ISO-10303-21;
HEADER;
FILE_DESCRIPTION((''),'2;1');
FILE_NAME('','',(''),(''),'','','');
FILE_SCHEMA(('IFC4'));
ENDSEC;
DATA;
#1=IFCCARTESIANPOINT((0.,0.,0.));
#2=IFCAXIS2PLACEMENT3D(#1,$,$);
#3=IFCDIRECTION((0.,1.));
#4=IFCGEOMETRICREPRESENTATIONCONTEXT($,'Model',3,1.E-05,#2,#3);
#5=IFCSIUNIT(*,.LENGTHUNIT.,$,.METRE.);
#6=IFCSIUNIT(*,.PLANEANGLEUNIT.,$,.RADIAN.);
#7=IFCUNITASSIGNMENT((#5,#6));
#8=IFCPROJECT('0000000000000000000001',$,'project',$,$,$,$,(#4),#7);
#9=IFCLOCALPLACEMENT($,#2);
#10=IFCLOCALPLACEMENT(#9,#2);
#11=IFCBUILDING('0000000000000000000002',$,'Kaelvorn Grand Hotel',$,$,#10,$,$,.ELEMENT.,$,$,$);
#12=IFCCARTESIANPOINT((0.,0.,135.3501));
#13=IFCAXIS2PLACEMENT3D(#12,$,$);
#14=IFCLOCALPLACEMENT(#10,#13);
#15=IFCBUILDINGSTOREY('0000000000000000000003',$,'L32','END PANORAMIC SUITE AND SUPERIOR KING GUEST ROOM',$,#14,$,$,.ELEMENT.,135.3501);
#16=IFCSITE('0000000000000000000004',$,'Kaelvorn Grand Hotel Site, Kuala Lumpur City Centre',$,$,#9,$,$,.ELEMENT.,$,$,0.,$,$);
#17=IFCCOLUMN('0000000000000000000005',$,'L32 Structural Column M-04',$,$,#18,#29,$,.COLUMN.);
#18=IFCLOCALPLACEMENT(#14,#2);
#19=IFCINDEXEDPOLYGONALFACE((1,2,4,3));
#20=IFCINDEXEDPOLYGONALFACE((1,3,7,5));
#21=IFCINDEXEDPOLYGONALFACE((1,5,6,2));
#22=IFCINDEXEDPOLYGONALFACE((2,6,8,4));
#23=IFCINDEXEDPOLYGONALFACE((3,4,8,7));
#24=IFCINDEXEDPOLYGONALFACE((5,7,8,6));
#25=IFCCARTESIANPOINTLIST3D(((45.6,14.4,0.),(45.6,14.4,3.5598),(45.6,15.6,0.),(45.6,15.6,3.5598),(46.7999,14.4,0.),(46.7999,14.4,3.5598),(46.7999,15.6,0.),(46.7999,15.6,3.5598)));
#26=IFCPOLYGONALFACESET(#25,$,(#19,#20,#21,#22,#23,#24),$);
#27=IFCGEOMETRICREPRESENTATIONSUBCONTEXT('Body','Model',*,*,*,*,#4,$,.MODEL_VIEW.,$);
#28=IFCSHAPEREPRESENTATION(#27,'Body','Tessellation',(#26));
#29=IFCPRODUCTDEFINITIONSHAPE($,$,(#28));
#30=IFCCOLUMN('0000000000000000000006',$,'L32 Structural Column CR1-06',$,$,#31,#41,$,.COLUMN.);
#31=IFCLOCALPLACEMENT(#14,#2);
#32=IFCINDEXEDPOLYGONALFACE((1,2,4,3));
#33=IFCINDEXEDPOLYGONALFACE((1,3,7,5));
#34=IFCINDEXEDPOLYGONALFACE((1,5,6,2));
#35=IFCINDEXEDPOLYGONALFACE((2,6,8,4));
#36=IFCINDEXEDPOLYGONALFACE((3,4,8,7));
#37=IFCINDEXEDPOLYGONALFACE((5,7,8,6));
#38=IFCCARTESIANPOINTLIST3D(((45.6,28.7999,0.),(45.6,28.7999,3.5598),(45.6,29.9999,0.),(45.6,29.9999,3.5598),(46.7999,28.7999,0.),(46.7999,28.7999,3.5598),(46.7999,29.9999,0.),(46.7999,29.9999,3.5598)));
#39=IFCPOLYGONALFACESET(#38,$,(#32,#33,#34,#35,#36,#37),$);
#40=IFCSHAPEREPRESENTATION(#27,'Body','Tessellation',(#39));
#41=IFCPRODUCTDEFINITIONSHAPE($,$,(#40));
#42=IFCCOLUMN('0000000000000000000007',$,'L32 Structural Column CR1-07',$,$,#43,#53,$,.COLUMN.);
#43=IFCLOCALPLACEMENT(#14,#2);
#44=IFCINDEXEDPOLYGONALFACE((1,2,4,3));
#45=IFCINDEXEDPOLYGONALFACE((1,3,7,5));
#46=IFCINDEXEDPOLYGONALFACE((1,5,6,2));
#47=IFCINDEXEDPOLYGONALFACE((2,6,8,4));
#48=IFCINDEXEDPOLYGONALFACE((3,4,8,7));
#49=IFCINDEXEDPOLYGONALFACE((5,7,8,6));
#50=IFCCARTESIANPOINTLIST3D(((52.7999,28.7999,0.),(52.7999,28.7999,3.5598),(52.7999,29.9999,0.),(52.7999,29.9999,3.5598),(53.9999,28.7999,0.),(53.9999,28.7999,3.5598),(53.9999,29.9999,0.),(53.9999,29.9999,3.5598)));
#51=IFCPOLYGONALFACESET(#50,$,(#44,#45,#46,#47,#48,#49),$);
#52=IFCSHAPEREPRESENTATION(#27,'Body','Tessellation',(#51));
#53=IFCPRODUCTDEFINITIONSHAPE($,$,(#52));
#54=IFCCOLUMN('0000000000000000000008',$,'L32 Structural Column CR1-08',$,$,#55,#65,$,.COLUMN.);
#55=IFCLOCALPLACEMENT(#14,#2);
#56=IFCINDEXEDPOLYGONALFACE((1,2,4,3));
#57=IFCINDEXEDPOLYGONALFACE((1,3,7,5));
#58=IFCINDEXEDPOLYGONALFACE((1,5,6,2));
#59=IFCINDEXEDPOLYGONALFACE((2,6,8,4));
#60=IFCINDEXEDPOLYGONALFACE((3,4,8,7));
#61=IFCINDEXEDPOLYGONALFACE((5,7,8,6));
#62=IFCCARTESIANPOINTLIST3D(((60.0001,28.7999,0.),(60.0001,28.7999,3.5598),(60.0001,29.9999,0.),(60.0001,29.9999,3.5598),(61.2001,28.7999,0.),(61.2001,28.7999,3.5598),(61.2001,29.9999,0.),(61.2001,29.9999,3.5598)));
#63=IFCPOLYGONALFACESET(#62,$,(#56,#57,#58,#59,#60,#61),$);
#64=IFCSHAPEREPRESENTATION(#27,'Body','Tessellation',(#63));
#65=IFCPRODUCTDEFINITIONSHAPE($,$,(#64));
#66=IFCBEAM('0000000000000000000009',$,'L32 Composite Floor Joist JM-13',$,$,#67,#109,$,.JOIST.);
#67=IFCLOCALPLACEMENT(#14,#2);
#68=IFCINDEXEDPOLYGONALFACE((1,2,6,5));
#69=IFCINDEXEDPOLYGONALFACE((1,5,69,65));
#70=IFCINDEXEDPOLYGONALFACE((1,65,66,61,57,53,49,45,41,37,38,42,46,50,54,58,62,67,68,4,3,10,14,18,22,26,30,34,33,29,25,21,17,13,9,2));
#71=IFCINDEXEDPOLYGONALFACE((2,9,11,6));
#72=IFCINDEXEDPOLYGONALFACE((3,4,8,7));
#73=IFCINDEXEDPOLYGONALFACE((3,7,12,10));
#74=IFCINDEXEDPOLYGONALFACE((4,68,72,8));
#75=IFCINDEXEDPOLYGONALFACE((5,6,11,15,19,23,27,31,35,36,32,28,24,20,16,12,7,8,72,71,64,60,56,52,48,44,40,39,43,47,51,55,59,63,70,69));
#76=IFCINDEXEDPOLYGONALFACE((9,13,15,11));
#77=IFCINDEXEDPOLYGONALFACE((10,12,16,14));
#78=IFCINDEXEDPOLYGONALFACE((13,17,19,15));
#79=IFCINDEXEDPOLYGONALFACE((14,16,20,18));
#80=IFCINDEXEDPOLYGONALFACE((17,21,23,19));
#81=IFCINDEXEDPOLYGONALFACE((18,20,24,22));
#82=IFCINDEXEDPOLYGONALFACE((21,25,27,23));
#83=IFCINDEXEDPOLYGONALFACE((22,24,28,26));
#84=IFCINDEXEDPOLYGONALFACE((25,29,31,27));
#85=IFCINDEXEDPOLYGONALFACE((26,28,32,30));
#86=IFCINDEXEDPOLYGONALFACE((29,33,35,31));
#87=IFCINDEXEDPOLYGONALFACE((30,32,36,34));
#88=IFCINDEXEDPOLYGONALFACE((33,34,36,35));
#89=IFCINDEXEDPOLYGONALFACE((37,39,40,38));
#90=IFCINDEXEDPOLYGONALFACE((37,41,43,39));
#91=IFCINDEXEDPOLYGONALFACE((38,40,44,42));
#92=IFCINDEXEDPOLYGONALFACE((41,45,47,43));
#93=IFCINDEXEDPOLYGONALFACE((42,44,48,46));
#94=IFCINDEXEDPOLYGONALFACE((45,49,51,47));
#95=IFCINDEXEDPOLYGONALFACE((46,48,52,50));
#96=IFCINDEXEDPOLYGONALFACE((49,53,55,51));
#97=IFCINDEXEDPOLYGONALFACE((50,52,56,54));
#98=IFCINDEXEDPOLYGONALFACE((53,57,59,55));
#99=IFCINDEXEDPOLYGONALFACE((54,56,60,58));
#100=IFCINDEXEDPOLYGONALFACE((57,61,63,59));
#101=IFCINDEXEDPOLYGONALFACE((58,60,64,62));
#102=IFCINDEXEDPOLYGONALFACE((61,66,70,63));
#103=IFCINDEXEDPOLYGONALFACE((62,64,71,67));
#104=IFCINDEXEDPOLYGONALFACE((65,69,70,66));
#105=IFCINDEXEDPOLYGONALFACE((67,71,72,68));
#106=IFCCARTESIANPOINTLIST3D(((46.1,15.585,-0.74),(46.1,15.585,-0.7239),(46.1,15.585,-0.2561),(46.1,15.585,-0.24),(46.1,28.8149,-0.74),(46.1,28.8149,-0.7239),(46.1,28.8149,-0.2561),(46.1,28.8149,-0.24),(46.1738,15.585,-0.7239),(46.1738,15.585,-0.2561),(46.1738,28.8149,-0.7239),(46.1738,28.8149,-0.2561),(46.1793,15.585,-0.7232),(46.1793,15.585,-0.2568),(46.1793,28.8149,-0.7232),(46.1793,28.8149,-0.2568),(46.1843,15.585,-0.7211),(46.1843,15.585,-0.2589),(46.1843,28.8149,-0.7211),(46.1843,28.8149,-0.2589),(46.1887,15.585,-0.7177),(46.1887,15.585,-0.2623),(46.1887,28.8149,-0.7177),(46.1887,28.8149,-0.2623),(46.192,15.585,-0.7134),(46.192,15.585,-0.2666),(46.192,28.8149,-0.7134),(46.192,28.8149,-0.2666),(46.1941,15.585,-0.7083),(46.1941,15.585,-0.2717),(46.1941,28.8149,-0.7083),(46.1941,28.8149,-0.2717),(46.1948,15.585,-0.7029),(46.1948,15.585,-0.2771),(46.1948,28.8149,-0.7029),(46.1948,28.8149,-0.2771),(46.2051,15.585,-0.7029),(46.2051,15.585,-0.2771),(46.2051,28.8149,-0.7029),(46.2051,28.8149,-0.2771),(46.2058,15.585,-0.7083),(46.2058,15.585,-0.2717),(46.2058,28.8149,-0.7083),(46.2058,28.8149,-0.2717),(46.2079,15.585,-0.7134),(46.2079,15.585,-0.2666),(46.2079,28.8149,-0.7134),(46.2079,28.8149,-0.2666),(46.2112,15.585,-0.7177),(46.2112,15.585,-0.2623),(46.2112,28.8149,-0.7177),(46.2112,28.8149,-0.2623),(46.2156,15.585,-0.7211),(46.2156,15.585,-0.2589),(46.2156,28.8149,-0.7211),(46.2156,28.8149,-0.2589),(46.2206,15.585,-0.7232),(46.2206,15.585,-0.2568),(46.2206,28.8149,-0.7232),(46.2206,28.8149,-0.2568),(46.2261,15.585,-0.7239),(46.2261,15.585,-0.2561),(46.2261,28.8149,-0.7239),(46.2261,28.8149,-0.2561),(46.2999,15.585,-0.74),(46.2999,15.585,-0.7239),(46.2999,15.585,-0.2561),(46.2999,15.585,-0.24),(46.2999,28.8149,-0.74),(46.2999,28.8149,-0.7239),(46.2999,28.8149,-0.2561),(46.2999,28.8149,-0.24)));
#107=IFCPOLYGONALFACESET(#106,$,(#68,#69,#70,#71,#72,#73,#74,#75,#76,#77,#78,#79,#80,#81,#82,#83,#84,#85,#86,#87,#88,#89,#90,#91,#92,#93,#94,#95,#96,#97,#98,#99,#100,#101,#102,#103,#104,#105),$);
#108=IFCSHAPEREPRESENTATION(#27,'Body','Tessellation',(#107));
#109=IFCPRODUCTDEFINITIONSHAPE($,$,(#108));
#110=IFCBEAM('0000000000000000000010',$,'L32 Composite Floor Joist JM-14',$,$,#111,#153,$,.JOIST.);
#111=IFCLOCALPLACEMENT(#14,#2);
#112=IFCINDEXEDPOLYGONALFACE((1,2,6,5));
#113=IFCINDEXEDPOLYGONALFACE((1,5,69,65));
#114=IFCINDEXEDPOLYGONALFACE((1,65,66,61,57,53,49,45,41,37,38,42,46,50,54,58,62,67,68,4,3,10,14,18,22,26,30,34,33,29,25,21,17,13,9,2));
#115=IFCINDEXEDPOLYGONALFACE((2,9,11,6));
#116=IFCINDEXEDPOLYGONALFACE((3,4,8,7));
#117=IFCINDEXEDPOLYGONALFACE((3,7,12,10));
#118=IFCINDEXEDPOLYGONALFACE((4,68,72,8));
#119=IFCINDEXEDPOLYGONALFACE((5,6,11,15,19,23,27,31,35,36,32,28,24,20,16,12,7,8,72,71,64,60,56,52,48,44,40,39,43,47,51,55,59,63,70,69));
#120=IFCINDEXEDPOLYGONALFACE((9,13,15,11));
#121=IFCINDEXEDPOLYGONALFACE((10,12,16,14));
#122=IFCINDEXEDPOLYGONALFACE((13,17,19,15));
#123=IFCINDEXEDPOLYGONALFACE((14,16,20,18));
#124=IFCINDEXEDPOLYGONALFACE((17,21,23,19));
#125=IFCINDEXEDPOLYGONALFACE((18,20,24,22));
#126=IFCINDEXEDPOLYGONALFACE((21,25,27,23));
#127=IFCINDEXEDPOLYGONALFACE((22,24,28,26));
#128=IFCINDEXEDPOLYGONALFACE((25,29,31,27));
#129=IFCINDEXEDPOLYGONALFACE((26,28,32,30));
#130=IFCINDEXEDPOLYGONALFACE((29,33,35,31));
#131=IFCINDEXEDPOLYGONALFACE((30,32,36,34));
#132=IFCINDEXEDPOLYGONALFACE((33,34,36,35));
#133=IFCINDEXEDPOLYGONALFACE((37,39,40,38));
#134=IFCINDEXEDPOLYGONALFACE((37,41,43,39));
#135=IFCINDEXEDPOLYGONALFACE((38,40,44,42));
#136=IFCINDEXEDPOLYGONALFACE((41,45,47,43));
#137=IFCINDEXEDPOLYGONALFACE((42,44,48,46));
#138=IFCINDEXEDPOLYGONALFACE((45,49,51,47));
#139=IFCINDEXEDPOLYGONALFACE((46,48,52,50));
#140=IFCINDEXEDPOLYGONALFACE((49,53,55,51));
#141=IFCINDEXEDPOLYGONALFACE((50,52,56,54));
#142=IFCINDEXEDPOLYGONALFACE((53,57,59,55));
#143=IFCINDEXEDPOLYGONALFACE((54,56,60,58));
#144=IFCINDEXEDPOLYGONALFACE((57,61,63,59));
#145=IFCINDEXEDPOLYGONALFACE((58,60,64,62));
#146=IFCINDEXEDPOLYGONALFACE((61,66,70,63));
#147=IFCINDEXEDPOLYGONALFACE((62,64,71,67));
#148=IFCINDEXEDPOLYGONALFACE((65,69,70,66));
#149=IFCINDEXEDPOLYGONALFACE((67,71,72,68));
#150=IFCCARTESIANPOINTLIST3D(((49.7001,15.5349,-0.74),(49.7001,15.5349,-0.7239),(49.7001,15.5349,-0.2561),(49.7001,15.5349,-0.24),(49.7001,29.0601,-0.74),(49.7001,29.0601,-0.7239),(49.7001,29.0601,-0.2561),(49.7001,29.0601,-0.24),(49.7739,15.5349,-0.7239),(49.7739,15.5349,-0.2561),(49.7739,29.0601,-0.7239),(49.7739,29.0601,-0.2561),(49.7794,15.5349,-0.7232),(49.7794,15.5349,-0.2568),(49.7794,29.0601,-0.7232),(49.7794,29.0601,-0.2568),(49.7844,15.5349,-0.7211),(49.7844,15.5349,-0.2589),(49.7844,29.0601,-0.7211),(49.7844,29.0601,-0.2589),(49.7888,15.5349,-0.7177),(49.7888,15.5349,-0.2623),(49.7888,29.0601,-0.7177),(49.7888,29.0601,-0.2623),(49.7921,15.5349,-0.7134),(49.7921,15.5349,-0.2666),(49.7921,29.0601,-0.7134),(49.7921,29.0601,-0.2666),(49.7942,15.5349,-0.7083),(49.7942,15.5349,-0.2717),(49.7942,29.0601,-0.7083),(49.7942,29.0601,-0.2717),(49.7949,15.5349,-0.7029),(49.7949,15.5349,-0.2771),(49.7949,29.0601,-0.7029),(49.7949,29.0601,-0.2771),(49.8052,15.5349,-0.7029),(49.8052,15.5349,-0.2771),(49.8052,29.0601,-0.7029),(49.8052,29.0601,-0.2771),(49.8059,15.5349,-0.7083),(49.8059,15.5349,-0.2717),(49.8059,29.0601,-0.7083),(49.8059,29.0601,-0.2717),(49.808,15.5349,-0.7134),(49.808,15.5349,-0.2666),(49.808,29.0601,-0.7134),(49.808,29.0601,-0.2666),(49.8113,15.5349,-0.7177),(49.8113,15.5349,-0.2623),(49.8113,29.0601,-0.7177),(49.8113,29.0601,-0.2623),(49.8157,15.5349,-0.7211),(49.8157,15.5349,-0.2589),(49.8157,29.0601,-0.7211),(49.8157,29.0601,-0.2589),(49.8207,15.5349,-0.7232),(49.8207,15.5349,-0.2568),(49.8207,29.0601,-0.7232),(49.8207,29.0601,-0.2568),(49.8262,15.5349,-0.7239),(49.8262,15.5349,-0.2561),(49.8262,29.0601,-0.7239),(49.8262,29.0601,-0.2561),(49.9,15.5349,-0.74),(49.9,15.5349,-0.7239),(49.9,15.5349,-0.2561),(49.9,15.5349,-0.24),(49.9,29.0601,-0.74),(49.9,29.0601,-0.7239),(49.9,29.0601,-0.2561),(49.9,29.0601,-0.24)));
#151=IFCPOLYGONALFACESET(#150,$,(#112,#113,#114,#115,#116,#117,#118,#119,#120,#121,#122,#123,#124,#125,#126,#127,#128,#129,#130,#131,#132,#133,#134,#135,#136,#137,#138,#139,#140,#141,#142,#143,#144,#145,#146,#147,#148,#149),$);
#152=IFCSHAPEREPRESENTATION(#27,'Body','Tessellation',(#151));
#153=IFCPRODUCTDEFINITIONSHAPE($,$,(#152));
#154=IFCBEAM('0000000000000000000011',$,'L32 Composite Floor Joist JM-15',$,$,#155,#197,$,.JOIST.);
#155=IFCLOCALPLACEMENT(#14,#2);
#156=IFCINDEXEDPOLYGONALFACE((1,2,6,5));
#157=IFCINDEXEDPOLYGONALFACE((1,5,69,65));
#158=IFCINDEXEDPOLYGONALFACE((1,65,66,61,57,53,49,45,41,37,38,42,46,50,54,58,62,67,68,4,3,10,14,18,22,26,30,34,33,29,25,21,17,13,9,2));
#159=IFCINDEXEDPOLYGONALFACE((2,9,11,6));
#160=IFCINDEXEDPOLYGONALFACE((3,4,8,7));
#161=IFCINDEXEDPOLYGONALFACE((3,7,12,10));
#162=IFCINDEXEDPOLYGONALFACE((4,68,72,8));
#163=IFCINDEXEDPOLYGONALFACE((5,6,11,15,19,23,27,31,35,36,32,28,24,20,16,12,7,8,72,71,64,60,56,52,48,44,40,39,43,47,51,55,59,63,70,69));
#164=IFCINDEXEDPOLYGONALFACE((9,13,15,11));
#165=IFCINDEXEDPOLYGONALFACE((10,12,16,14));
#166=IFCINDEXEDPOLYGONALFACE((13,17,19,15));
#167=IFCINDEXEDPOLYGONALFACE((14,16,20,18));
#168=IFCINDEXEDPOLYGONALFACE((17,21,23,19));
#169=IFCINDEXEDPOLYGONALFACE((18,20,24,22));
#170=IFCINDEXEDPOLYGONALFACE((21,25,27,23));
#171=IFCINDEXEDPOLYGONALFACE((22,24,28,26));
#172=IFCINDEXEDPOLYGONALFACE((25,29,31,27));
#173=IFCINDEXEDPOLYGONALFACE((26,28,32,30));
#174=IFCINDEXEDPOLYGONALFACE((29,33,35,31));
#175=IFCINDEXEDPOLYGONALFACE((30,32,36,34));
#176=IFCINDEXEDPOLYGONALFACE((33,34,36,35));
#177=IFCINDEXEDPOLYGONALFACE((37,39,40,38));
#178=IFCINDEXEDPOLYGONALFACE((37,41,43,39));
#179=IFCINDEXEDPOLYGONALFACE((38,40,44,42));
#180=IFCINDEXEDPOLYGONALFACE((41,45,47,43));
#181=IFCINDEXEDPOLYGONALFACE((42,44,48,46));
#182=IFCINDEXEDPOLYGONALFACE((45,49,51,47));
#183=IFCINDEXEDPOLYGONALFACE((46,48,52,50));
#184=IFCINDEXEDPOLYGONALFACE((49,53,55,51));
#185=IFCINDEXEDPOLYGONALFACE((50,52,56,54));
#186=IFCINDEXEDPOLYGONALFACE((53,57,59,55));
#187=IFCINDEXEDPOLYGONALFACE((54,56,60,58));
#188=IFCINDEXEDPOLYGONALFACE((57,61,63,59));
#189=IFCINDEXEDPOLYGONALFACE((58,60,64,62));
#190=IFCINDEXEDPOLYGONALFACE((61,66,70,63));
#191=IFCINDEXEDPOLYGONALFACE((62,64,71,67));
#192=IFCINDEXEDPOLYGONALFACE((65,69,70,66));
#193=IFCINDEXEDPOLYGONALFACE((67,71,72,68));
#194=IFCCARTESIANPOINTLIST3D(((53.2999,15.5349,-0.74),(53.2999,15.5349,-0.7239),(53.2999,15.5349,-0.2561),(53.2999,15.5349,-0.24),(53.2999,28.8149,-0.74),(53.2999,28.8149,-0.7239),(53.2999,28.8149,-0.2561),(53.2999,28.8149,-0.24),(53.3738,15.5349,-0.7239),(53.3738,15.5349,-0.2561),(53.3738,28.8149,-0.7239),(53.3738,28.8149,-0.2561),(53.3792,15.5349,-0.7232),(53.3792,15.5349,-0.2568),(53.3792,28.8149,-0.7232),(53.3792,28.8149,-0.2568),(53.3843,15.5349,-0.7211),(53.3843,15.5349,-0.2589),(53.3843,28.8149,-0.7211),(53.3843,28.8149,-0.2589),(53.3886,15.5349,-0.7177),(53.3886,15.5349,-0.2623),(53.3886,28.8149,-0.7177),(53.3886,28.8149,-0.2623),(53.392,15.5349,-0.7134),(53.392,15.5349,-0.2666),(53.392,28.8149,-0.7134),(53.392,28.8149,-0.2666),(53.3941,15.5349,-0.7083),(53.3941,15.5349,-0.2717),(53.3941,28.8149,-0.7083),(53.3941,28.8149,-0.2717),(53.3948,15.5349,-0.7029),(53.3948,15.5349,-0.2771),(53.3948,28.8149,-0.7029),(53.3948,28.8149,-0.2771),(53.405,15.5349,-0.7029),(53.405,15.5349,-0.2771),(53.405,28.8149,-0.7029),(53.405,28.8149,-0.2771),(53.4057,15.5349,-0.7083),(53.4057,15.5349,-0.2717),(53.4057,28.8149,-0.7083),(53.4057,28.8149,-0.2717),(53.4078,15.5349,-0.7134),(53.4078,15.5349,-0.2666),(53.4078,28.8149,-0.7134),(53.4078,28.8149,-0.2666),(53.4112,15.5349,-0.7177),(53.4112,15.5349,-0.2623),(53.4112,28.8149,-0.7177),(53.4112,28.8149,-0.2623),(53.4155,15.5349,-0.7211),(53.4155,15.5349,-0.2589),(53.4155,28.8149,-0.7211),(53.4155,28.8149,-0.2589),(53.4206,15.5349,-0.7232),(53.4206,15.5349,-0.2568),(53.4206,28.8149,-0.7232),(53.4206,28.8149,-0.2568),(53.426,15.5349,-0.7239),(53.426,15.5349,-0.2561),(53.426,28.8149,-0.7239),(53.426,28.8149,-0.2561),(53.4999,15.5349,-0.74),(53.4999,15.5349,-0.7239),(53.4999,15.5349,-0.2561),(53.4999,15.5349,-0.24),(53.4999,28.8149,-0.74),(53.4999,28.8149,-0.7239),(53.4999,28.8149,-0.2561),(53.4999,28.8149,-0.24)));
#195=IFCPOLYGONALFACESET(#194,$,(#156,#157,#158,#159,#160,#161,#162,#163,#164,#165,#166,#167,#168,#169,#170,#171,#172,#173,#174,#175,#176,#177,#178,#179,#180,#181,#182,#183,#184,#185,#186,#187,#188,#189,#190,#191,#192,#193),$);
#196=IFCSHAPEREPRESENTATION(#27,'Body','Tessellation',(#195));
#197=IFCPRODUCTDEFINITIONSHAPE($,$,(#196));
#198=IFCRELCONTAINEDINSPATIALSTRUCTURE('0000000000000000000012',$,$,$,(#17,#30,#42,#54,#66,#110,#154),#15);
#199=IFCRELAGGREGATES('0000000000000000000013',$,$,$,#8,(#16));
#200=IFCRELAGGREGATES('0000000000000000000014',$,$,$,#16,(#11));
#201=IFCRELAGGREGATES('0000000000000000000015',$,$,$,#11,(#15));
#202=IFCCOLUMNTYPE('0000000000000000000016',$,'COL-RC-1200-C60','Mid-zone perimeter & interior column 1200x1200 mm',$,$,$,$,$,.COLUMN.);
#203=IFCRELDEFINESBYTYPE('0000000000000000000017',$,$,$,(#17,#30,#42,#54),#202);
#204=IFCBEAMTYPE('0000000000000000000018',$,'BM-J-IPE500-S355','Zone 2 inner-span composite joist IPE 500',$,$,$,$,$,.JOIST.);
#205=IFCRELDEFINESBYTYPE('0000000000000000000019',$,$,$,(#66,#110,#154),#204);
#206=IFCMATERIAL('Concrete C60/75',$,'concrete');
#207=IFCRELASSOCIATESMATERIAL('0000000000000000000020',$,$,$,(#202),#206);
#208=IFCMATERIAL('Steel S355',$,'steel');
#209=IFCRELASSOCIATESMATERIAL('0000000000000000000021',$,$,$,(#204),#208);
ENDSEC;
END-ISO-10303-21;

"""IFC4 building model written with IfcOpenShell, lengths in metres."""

from ifc_helpers import new_model, si_unit, direction, frame, origin, origin_2d, place, context, subcontext, project, spatial, rectangle, i_section, extrude, material, material_profile, profile_set, type_object, element, save


model = new_model("IFC4")

# Units and contexts
model_context = context("Model", 3, precision=1e-05, world=origin(), true_north=direction((0.0, 1.0)))
body_context = subcontext(model_context, "Body", "Model", "MODEL_VIEW")
ifc_project = project(units=[si_unit("LENGTHUNIT", "METRE"), si_unit("PLANEANGLEUNIT", "RADIAN")], contexts=[model_context])

# Site, building, storey
site_placement = place(None, origin())
site = spatial("IfcSite", under=ifc_project, at=site_placement, Name="Kaelvorn Grand Hotel Site, Kuala Lumpur City Centre", CompositionType="ELEMENT", RefElevation=0.0)
building_placement = place(site_placement, origin())
building = spatial("IfcBuilding", under=site, at=building_placement, Name="Kaelvorn Grand Hotel", CompositionType="ELEMENT")
storey_placement = place(building_placement, frame((0.0, 0.0, 135.3501)))
storey = spatial("IfcBuildingStorey", under=building, at=storey_placement, Name="L32", Description="END PANORAMIC SUITE AND SUPERIOR KING GUEST ROOM", CompositionType="ELEMENT", Elevation=135.3501)

# Columns
ifc_material_1 = material(Name="Concrete C60/75", Category="concrete")
ifc_material_profile_1 = material_profile(ifc_material_1, rectangle(XDim=1.2, YDim=1.2, at=origin_2d()), Name="RC COL 1200x1200")
ifc_profile_set_1 = profile_set([ifc_material_profile_1], Name="Concrete C60/75")
column_type = type_object("IfcColumnType", Name="COL-RC-1200-C60", Description="Mid-zone perimeter & interior column 1200x1200 mm", PredefinedType="COLUMN", material=ifc_profile_set_1)
for number, where, z_axis, x_axis, name in (
    (1, (46.2, 15.0, 0.0), (0.0, 0.0, 1.0), (1.0, 0.0, 0.0), "L32 Structural Column M-04"),
    (2, (46.2, 29.3999, 0.0), (0.0, 0.0, 1.0), (1.0, 0.0, 0.0), "L32 Structural Column CR1-06"),
    (3, (53.3999, 29.3999, 0.0), (0.0, 0.0, 1.0), (1.0, 0.0, 0.0), "L32 Structural Column CR1-07"),
    (4, (60.6001, 29.3999, 0.0), (0.0, 0.0, 1.0), (1.0, 0.0, 0.0), "L32 Structural Column CR1-08"),
):
    element("IfcColumn", number, at=place(storey_placement, frame(where, z_axis=z_axis, x_axis=x_axis)), inside=storey, type_object=column_type, Name=name, PredefinedType="COLUMN", context=body_context, shape_type="SweptSolid", body=[
        extrude(rectangle(XDim=1.2, YDim=1.2, at=origin_2d()), origin(), (0.0, 0.0, 1.0), 3.5598),
    ])

# Beams
ifc_material_2 = material(Name="Steel S355", Category="steel")
ifc_material_profile_2 = material_profile(ifc_material_2, i_section(OverallWidth=0.2, OverallDepth=0.5, WebThickness=0.0103, FlangeThickness=0.0161, FilletRadius=0.021, at=origin_2d()), Name="IPE 500")
ifc_profile_set_2 = profile_set([ifc_material_profile_2], Name="Steel S355")
beam_type_1 = type_object("IfcBeamType", Name="BM-J-IPE500-S355", Description="Zone 2 inner-span composite joist IPE 500", PredefinedType="JOIST", material=ifc_profile_set_2)
beam_1_placement = place(storey_placement, frame((46.2, 15.585, -0.49), z_axis=(0.0, 1.0, 0.0), x_axis=(-1.0, 0.0, 0.0)))
element("IfcBeam", 5, at=beam_1_placement, inside=storey, type_object=beam_type_1, Name="L32 Composite Floor Joist JM-13", PredefinedType="JOIST", context=body_context, shape_type="SweptSolid", body=[
    extrude(i_section(OverallWidth=0.2, OverallDepth=0.5, WebThickness=0.0103, FlangeThickness=0.0161, FilletRadius=0.021, at=origin_2d()), origin(), (0.0, 0.0, 1.0), 13.23),
])
beam_2_placement = place(storey_placement, frame((49.8, 15.5349, -0.49), z_axis=(0.0, 1.0, 0.0), x_axis=(-1.0, 0.0, 0.0)))
element("IfcBeam", 6, at=beam_2_placement, inside=storey, type_object=beam_type_1, Name="L32 Composite Floor Joist JM-14", PredefinedType="JOIST", context=body_context, shape_type="SweptSolid", body=[
    extrude(i_section(OverallWidth=0.2, OverallDepth=0.5, WebThickness=0.0103, FlangeThickness=0.0161, FilletRadius=0.021, at=origin_2d()), origin(), (0.0, 0.0, 1.0), 13.5251),
])
beam_3_placement = place(storey_placement, frame((53.3999, 15.5349, -0.49), z_axis=(0.0, 1.0, 0.0), x_axis=(-1.0, 0.0, 0.0)))
element("IfcBeam", 7, at=beam_3_placement, inside=storey, type_object=beam_type_1, Name="L32 Composite Floor Joist JM-15", PredefinedType="JOIST", context=body_context, shape_type="SweptSolid", body=[
    extrude(i_section(OverallWidth=0.2, OverallDepth=0.5, WebThickness=0.0103, FlangeThickness=0.0161, FilletRadius=0.021, at=origin_2d()), origin(), (0.0, 0.0, 1.0), 13.28),
])

save(model, "model.ifc")
